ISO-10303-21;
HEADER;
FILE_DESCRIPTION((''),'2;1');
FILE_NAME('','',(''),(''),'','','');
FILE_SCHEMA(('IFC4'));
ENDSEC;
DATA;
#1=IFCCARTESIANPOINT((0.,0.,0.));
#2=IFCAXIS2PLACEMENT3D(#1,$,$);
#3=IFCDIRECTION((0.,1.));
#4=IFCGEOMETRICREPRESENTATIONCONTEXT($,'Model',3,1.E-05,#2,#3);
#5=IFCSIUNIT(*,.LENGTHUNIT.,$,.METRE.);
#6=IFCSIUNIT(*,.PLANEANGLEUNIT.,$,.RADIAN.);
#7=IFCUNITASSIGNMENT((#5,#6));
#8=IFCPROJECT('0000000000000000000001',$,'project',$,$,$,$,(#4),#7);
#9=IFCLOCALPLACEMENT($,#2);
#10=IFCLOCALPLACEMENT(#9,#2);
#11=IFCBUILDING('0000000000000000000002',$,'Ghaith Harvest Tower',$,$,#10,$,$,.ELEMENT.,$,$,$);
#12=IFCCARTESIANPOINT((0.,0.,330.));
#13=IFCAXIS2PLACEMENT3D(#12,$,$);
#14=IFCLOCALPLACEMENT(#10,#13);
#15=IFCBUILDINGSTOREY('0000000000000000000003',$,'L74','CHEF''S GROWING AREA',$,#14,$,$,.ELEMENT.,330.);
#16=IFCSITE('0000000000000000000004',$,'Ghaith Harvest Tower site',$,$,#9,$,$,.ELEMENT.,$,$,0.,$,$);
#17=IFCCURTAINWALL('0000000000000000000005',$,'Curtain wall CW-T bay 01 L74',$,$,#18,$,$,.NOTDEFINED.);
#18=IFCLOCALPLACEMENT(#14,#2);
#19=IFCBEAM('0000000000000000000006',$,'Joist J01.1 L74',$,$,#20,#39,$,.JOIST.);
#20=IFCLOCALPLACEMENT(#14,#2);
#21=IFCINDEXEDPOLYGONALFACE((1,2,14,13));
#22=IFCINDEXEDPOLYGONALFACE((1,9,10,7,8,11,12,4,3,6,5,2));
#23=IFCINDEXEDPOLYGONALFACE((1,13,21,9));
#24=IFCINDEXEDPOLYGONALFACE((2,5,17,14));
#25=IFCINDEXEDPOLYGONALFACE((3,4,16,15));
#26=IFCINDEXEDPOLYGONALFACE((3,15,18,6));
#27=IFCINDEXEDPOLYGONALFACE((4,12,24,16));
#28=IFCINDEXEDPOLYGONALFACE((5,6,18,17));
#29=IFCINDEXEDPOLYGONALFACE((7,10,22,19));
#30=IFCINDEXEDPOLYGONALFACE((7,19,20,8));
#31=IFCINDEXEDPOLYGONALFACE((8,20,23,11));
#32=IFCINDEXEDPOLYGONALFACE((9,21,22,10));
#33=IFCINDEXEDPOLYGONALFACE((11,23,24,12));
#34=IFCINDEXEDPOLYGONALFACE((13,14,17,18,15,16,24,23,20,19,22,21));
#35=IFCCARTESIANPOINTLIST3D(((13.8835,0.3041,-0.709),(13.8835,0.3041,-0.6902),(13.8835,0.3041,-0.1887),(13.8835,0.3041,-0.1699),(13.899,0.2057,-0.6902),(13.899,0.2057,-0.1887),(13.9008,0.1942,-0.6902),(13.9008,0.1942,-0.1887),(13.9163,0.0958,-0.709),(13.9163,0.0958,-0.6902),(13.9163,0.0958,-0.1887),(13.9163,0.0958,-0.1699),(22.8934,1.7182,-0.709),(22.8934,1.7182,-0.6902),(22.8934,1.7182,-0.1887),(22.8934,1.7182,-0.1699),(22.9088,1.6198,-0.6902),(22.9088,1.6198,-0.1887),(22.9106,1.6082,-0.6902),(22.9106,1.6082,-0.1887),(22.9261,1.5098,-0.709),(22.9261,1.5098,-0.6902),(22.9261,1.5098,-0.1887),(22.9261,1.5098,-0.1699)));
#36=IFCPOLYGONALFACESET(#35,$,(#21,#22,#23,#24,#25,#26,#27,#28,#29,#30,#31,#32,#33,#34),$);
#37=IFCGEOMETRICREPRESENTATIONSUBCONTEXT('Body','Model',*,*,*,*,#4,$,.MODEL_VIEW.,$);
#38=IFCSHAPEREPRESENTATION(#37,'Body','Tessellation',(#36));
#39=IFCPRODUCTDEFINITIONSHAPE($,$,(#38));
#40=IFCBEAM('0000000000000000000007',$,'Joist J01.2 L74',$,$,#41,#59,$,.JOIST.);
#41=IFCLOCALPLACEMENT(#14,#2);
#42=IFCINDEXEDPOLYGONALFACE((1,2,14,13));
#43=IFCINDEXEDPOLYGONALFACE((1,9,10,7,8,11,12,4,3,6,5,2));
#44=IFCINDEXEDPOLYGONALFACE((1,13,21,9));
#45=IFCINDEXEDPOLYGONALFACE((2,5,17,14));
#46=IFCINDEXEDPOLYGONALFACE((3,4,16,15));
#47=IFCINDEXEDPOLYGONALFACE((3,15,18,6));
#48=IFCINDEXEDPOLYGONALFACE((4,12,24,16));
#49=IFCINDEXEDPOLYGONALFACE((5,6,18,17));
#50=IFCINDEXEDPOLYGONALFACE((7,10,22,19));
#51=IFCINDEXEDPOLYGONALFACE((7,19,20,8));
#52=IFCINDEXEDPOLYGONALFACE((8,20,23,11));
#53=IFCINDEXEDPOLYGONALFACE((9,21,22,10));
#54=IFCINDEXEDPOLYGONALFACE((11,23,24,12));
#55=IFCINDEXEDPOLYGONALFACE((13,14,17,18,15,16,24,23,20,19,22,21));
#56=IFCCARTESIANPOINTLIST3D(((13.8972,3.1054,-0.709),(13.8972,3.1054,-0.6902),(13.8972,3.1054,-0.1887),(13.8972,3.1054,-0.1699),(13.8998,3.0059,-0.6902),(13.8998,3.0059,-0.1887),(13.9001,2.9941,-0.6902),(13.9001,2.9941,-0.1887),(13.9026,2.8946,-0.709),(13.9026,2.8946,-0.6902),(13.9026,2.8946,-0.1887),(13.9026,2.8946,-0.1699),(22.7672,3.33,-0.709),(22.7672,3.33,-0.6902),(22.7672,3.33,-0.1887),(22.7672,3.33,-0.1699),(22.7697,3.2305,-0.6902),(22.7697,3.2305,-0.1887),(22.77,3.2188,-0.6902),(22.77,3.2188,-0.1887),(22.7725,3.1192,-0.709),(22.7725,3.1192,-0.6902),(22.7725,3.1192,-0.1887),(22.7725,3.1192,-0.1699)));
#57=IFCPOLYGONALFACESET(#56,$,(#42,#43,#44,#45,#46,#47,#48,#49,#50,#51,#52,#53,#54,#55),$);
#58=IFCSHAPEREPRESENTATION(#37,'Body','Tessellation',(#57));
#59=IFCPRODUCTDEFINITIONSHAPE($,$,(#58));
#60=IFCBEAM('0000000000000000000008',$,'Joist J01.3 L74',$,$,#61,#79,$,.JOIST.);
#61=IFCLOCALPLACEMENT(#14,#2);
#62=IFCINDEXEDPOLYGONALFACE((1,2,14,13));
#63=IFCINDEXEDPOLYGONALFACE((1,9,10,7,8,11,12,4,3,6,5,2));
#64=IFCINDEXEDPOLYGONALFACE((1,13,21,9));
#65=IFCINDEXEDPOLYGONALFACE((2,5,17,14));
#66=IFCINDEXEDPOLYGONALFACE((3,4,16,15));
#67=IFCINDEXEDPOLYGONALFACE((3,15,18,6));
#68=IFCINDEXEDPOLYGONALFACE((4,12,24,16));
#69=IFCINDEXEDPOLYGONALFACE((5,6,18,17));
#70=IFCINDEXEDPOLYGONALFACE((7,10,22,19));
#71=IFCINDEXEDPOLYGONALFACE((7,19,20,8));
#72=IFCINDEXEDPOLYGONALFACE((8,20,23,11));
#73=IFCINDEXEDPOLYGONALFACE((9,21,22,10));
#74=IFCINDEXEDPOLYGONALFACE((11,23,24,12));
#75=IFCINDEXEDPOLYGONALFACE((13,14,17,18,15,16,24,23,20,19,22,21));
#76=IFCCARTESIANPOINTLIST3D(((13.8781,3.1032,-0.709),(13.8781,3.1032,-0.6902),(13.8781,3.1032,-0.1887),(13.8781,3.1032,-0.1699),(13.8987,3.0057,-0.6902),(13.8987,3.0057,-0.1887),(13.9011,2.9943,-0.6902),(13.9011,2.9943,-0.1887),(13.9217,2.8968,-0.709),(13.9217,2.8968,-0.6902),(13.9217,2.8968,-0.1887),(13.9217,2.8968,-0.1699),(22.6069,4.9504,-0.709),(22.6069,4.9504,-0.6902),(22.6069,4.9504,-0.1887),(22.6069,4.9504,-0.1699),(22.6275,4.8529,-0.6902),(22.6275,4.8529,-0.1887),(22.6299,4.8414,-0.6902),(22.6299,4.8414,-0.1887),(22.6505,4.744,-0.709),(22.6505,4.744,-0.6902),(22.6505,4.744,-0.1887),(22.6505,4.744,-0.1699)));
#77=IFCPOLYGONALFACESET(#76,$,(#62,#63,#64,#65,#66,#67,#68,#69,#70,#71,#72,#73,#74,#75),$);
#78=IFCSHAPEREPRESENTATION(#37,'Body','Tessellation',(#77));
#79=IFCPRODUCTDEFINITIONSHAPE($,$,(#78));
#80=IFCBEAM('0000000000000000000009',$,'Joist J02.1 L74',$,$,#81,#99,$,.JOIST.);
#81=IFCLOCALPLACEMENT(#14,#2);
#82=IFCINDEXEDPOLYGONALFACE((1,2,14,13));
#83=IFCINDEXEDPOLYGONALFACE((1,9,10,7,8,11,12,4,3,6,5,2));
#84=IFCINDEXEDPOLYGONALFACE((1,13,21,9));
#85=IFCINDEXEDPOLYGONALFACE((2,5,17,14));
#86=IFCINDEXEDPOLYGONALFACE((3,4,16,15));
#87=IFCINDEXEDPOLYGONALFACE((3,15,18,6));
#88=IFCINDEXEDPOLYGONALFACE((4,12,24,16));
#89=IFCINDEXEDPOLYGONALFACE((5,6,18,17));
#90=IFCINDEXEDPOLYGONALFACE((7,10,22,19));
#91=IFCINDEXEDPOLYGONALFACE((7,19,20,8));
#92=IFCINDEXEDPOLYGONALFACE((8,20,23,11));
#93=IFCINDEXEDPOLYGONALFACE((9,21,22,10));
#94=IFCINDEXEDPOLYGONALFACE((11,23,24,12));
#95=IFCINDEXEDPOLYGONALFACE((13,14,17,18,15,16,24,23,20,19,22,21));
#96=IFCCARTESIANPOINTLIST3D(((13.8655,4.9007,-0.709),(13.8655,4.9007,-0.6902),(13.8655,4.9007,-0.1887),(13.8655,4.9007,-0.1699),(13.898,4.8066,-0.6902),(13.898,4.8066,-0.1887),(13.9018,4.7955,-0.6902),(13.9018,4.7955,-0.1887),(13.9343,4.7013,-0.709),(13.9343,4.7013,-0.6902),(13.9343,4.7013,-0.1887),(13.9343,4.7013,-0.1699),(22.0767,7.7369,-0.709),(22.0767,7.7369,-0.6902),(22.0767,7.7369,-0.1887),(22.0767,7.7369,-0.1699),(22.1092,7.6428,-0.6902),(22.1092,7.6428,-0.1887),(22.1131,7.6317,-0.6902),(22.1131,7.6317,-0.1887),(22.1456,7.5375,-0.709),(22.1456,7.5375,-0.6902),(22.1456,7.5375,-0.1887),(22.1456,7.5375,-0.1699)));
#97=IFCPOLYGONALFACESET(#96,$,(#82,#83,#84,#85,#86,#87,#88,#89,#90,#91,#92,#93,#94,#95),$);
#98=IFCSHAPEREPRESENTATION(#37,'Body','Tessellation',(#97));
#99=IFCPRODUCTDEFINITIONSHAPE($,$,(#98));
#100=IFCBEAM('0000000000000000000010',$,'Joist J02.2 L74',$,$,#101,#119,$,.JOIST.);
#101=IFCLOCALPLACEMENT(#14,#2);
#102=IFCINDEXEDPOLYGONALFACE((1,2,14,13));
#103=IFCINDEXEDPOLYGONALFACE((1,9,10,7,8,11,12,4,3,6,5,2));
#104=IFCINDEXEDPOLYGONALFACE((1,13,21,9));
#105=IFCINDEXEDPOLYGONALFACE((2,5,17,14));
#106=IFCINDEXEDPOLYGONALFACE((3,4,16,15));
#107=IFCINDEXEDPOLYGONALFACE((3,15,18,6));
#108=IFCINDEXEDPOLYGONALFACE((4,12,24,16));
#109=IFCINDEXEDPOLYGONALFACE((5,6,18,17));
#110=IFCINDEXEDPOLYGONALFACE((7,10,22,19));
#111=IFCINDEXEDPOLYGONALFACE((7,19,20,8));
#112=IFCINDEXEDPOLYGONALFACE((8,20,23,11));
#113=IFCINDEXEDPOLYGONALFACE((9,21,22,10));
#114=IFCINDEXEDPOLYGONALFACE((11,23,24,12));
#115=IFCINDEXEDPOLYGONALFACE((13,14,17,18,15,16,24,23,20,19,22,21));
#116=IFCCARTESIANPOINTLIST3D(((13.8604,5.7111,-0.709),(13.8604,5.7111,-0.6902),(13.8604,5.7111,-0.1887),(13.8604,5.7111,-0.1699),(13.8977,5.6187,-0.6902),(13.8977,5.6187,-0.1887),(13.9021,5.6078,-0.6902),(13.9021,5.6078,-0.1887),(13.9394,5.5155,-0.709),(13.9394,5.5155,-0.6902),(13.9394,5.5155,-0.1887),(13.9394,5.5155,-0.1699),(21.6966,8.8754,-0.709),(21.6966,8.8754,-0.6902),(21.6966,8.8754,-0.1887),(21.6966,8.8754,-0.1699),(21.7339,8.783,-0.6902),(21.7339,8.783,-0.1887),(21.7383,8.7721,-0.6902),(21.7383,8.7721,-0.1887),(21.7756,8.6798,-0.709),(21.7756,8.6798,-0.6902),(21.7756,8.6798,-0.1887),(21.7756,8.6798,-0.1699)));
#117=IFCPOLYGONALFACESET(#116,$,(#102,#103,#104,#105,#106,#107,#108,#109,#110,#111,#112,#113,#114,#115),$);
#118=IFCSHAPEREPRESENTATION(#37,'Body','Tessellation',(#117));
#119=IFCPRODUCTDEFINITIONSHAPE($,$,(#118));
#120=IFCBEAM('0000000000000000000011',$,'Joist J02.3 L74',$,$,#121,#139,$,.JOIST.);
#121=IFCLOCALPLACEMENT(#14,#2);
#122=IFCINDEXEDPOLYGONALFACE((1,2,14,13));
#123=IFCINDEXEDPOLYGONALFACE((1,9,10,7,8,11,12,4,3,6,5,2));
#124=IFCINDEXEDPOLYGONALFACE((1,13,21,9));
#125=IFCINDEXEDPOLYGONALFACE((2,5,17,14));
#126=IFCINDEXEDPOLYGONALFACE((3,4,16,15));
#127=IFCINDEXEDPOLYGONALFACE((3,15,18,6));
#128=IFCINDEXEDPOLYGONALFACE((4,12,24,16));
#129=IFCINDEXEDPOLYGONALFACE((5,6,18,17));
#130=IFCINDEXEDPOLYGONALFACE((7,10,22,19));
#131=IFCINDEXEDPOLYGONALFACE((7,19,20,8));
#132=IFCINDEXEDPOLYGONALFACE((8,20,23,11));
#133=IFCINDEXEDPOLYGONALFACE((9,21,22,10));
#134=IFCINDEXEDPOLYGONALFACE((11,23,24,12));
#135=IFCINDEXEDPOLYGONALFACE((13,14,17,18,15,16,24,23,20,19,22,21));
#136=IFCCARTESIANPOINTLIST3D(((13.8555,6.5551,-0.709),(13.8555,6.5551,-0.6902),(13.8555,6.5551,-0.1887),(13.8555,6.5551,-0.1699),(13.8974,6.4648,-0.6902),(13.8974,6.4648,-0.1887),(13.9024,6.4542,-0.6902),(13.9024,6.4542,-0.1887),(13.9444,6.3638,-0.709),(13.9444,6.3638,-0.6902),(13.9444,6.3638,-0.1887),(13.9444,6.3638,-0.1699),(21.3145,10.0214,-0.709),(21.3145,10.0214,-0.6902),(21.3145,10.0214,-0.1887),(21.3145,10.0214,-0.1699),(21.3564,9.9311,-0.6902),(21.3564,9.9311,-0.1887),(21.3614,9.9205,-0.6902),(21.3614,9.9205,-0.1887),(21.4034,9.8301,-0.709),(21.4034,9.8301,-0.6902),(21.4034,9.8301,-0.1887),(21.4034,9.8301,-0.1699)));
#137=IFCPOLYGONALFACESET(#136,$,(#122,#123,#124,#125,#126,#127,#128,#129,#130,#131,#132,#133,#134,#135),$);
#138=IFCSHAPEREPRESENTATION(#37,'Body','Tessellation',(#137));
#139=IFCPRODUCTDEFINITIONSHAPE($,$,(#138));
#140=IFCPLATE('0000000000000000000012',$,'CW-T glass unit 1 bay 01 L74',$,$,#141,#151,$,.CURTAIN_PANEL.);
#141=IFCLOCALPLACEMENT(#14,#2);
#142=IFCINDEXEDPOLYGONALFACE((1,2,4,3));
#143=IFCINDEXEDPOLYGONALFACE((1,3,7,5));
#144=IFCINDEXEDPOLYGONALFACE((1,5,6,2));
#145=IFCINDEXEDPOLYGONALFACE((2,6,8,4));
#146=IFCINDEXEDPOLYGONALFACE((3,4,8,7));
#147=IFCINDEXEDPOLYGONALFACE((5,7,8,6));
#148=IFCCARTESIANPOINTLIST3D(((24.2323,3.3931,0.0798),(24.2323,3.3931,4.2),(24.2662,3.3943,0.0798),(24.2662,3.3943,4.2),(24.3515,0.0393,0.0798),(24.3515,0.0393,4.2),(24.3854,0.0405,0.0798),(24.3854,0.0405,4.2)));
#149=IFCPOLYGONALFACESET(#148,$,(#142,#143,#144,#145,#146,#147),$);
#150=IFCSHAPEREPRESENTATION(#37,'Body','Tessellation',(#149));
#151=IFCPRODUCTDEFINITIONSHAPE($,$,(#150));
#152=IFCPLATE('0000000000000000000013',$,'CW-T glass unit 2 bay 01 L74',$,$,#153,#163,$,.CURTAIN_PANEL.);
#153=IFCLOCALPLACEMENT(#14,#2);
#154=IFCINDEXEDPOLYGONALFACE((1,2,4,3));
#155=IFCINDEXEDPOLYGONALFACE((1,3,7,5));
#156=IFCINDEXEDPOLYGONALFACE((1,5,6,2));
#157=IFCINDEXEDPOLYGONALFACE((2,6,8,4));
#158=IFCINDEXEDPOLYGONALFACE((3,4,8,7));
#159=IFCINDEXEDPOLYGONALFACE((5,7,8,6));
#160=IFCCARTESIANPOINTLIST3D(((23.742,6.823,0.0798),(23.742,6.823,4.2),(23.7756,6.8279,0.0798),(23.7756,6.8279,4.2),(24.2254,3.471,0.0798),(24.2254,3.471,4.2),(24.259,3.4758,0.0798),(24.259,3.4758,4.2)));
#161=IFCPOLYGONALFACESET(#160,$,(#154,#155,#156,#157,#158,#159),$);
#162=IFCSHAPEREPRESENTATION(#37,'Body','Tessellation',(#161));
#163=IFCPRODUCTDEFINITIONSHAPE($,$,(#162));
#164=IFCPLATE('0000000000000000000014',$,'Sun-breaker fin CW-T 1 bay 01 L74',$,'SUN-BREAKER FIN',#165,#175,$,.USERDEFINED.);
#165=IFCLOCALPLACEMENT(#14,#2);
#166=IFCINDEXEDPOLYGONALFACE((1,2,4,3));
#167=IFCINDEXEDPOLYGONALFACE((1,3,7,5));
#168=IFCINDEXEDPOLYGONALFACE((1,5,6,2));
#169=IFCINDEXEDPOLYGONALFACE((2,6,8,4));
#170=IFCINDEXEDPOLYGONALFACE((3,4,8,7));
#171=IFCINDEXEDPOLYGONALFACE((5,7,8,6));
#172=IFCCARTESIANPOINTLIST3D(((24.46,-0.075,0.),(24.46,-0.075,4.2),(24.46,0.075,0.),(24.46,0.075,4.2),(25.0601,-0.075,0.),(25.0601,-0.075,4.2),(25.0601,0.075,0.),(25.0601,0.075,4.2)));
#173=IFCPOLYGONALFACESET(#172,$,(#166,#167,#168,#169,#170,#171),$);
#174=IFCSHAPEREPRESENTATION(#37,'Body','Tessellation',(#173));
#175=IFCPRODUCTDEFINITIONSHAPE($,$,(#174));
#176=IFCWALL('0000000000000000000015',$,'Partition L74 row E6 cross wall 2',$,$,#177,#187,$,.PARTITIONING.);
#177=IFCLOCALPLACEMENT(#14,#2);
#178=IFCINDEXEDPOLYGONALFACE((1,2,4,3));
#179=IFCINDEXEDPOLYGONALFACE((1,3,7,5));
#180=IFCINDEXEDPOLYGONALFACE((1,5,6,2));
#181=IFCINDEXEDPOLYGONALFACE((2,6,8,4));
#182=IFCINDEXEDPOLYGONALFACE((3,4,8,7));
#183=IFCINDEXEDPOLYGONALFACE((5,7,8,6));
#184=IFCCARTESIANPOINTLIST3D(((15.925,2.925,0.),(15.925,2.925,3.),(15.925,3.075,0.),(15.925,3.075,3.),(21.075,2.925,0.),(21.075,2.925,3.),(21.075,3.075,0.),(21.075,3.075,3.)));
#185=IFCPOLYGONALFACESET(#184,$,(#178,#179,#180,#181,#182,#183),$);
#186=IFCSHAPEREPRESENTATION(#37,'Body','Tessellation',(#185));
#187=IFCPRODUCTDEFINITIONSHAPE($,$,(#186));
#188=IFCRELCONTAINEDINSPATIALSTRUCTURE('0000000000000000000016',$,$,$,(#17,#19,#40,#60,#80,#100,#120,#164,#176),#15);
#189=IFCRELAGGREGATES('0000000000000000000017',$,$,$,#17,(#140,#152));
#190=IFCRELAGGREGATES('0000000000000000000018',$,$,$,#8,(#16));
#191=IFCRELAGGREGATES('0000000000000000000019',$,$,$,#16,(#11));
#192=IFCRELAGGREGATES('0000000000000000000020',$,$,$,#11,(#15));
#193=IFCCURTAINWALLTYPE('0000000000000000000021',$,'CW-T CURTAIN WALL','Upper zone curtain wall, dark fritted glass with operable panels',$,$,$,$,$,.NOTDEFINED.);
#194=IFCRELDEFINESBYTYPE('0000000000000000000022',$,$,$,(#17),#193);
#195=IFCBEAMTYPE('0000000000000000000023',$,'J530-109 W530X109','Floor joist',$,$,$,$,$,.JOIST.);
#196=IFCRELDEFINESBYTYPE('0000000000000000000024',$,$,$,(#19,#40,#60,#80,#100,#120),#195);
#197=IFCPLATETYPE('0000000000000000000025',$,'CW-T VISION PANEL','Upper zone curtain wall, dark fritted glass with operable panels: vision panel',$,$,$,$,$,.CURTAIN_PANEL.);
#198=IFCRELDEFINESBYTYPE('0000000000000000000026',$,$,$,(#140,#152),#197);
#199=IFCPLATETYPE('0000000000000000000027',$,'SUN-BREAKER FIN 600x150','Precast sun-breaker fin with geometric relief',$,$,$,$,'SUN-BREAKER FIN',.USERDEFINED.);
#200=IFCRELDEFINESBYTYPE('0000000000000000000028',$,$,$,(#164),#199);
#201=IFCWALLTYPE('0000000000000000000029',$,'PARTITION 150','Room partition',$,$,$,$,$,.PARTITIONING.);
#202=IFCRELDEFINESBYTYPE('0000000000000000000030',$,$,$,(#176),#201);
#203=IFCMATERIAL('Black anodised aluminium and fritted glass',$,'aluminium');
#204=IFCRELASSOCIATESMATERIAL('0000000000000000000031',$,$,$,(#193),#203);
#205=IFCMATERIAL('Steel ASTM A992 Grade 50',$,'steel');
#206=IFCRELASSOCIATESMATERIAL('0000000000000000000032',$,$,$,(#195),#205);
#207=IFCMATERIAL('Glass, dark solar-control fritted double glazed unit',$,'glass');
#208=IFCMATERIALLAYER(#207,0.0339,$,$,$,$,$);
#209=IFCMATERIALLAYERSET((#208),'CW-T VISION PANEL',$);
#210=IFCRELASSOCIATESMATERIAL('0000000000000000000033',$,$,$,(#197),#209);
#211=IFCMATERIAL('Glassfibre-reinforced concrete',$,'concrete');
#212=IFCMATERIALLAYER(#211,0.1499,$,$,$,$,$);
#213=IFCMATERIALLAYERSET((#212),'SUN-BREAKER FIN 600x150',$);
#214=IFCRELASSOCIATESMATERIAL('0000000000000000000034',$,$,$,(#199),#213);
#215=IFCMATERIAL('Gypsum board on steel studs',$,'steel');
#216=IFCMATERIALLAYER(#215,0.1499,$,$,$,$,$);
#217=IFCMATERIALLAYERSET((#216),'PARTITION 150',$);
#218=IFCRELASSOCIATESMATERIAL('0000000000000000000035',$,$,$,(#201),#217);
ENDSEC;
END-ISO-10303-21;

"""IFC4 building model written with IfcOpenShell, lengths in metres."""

from ifc_helpers import new_model, si_unit, direction, frame, frame_2d, origin, origin_2d, place, context, subcontext, project, spatial, rectangle, i_section, extrude, material, layer, layer_set, material_profile, profile_set, type_object, element, aggregate, save


model = new_model("IFC4")

# Units and contexts
model_context = context("Model", 3, precision=1e-05, world=origin(), true_north=direction((0.0, 1.0)))
body_context = subcontext(model_context, "Body", "Model", "MODEL_VIEW")
ifc_project = project(units=[si_unit("LENGTHUNIT", "METRE"), si_unit("PLANEANGLEUNIT", "RADIAN")], contexts=[model_context])

# Site, building, storey
site_placement = place(None, origin())
site = spatial("IfcSite", under=ifc_project, at=site_placement, Name="Ghaith Harvest Tower site", CompositionType="ELEMENT", RefElevation=0.0)
building_placement = place(site_placement, origin())
building = spatial("IfcBuilding", under=site, at=building_placement, Name="Ghaith Harvest Tower", CompositionType="ELEMENT")
storey_placement = place(building_placement, frame((0.0, 0.0, 330.0)))
storey = spatial("IfcBuildingStorey", under=building, at=storey_placement, Name="L74", Description="CHEF'S GROWING AREA", CompositionType="ELEMENT", Elevation=330.0)

# Curtain wall
ifc_material_1 = material(Name="Black anodised aluminium and fritted glass", Category="aluminium")
curtain_wall_type = type_object("IfcCurtainWallType", Name="CW-T CURTAIN WALL", Description="Upper zone curtain wall, dark fritted glass with operable panels", PredefinedType="NOTDEFINED", material=ifc_material_1)
curtain_wall_placement = place(storey_placement, origin())
curtain_wall = element("IfcCurtainWall", 1, at=curtain_wall_placement, inside=storey, type_object=curtain_wall_type, Name="Curtain wall CW-T bay 01 L74", PredefinedType="NOTDEFINED")

# Beams
ifc_material_2 = material(Name="Steel ASTM A992 Grade 50", Category="steel")
ifc_material_profile_1 = material_profile(ifc_material_2, i_section(OverallWidth=0.2109, OverallDepth=0.5391, WebThickness=0.0117, FlangeThickness=0.0188, at=origin_2d()), Name="W530X109")
ifc_profile_set_1 = profile_set([ifc_material_profile_1], Name="Steel ASTM A992 Grade 50")
beam_type_1 = type_object("IfcBeamType", Name="J530-109 W530X109", Description="Floor joist", PredefinedType="JOIST", material=ifc_profile_set_1)
beam_1_placement = place(storey_placement, frame((13.8999, 0.2, -0.4395), z_axis=(0.987907, 0.15505, 0.0), x_axis=(-0.15505, 0.987907, 0.0)))
element("IfcBeam", 2, at=beam_1_placement, inside=storey, type_object=beam_type_1, Name="Joist J01.1 L74", PredefinedType="JOIST", context=body_context, shape_type="SweptSolid", body=[
    extrude(i_section(OverallWidth=0.2109, OverallDepth=0.5391, WebThickness=0.0117, FlangeThickness=0.0188, at=origin_2d()), origin(), (0.0, 0.0, 1.0), 9.1201),
])
beam_2_placement = place(storey_placement, frame((13.8999, 3.0, -0.4395), z_axis=(0.99968, 0.025315, 0.0), x_axis=(-0.025315, 0.99968, 0.0)))
element("IfcBeam", 3, at=beam_2_placement, inside=storey, type_object=beam_type_1, Name="Joist J01.2 L74", PredefinedType="JOIST", context=body_context, shape_type="SweptSolid", body=[
    extrude(i_section(OverallWidth=0.2109, OverallDepth=0.5391, WebThickness=0.0117, FlangeThickness=0.0188, at=origin_2d()), origin(), (0.0, 0.0, 1.0), 8.8728),
])
beam_3_placement = place(storey_placement, frame((13.8999, 3.0, -0.4395), z_axis=(0.978334, 0.207034, 0.0), x_axis=(-0.207034, 0.978334, 0.0)))
element("IfcBeam", 4, at=beam_3_placement, inside=storey, type_object=beam_type_1, Name="Joist J01.3 L74", PredefinedType="JOIST", context=body_context, shape_type="SweptSolid", body=[
    extrude(i_section(OverallWidth=0.2109, OverallDepth=0.5391, WebThickness=0.0117, FlangeThickness=0.0188, at=origin_2d()), origin(), (0.0, 0.0, 1.0), 8.9221),
])
beam_4_placement = place(storey_placement, frame((13.8999, 4.801, -0.4395), z_axis=(0.945205, 0.326478, 0.0), x_axis=(-0.326478, 0.945205, 0.0)))
element("IfcBeam", 5, at=beam_4_placement, inside=storey, type_object=beam_type_1, Name="Joist J02.1 L74", PredefinedType="JOIST", context=body_context, shape_type="SweptSolid", body=[
    extrude(i_section(OverallWidth=0.2109, OverallDepth=0.5391, WebThickness=0.0117, FlangeThickness=0.0188, at=origin_2d()), origin(), (0.0, 0.0, 1.0), 8.6873),
])
beam_5_placement = place(storey_placement, frame((13.8999, 5.6133, -0.4395), z_axis=(0.927254, 0.374432, 0.0), x_axis=(-0.374432, 0.927254, 0.0)))
element("IfcBeam", 6, at=beam_5_placement, inside=storey, type_object=beam_type_1, Name="Joist J02.2 L74", PredefinedType="JOIST", context=body_context, shape_type="SweptSolid", body=[
    extrude(i_section(OverallWidth=0.2109, OverallDepth=0.5391, WebThickness=0.0117, FlangeThickness=0.0188, at=origin_2d()), origin(), (0.0, 0.0, 1.0), 8.4509),
])
beam_6_placement = place(storey_placement, frame((13.8999, 6.4595, -0.4395), z_axis=(0.90686, 0.421432, 0.0), x_axis=(-0.421432, 0.90686, 0.0)))
element("IfcBeam", 7, at=beam_6_placement, inside=storey, type_object=beam_type_1, Name="Joist J02.3 L74", PredefinedType="JOIST", context=body_context, shape_type="SweptSolid", body=[
    extrude(i_section(OverallWidth=0.2109, OverallDepth=0.5391, WebThickness=0.0117, FlangeThickness=0.0188, at=origin_2d()), origin(), (0.0, 0.0, 1.0), 8.2251),
])

# Plates
ifc_material_3 = material(Name="Glass, dark solar-control fritted double glazed unit", Category="glass")
ifc_layer_1 = layer(ifc_material_3, 0.0339)
ifc_layer_set_1 = layer_set([ifc_layer_1], Name="CW-T VISION PANEL")
plate_type_1 = type_object("IfcPlateType", Name="CW-T VISION PANEL", Description="Upper zone curtain wall, dark fritted glass with operable panels: vision panel", PredefinedType="CURTAIN_PANEL", material=ifc_layer_set_1)
plate_1_placement = place(storey_placement, frame((24.3088, 1.7168, 0.0798), z_axis=(0.0, 0.0, 1.0), x_axis=(-0.035536, 0.999368, 0.0)))
plate_1 = element("IfcPlate", 8, at=plate_1_placement, type_object=plate_type_1, Name="CW-T glass unit 1 bay 01 L74", PredefinedType="CURTAIN_PANEL", context=body_context, shape_type="SweptSolid", body=[
    extrude(rectangle(XDim=3.356, YDim=0.0339, at=origin_2d()), origin(), (0.0, 0.0, 1.0), 4.1201),
])
plate_2_placement = place(storey_placement, frame((24.0005, 5.1494, 0.0798), z_axis=(0.0, 0.0, 1.0), x_axis=(-0.14273, 0.989762, 0.0)))
plate_2 = element("IfcPlate", 9, at=plate_2_placement, type_object=plate_type_1, Name="CW-T glass unit 2 bay 01 L74", PredefinedType="CURTAIN_PANEL", context=body_context, shape_type="SweptSolid", body=[
    extrude(rectangle(XDim=3.3867, YDim=0.0339, at=origin_2d()), origin(), (0.0, 0.0, 1.0), 4.1201),
])
aggregate(curtain_wall, [plate_1, plate_2])
ifc_material_4 = material(Name="Glassfibre-reinforced concrete", Category="concrete")
ifc_layer_2 = layer(ifc_material_4, 0.1499)
ifc_layer_set_2 = layer_set([ifc_layer_2], Name="SUN-BREAKER FIN 600x150")
plate_type_2 = type_object("IfcPlateType", Name="SUN-BREAKER FIN 600x150", Description="Precast sun-breaker fin with geometric relief", ElementType="SUN-BREAKER FIN", PredefinedType="USERDEFINED", material=ifc_layer_set_2)
plate_3_placement = place(storey_placement, frame((24.76, 0.0, 0.0), z_axis=(0.0, 0.0, 1.0), x_axis=(1.0, 0.0, 0.0)))
element("IfcPlate", 10, at=plate_3_placement, inside=storey, type_object=plate_type_2, Name="Sun-breaker fin CW-T 1 bay 01 L74", ObjectType="SUN-BREAKER FIN", PredefinedType="USERDEFINED", context=body_context, shape_type="SweptSolid", body=[
    extrude(rectangle(XDim=0.6001, YDim=0.1499, at=origin_2d()), origin(), (0.0, 0.0, 1.0), 4.2),
])

# Wall
ifc_material_5 = material(Name="Gypsum board on steel studs", Category="steel")
ifc_layer_3 = layer(ifc_material_5, 0.1499)
ifc_layer_set_3 = layer_set([ifc_layer_3], Name="PARTITION 150")
wall_type = type_object("IfcWallType", Name="PARTITION 150", Description="Room partition", PredefinedType="PARTITIONING", material=ifc_layer_set_3)
wall_1_placement = place(storey_placement, frame((15.925, 3.0, 0.0), z_axis=(0.0, 0.0, 1.0), x_axis=(1.0, 0.0, 0.0)))
element("IfcWall", 11, at=wall_1_placement, inside=storey, type_object=wall_type, Name="Partition L74 row E6 cross wall 2", PredefinedType="PARTITIONING", context=body_context, shape_type="SweptSolid", body=[
    extrude(rectangle(XDim=5.1499, YDim=0.1499, at=frame_2d((2.575, 0.0))), origin(), (0.0, 0.0, 1.0), 3.0),
])

save(model, "model.ifc")
